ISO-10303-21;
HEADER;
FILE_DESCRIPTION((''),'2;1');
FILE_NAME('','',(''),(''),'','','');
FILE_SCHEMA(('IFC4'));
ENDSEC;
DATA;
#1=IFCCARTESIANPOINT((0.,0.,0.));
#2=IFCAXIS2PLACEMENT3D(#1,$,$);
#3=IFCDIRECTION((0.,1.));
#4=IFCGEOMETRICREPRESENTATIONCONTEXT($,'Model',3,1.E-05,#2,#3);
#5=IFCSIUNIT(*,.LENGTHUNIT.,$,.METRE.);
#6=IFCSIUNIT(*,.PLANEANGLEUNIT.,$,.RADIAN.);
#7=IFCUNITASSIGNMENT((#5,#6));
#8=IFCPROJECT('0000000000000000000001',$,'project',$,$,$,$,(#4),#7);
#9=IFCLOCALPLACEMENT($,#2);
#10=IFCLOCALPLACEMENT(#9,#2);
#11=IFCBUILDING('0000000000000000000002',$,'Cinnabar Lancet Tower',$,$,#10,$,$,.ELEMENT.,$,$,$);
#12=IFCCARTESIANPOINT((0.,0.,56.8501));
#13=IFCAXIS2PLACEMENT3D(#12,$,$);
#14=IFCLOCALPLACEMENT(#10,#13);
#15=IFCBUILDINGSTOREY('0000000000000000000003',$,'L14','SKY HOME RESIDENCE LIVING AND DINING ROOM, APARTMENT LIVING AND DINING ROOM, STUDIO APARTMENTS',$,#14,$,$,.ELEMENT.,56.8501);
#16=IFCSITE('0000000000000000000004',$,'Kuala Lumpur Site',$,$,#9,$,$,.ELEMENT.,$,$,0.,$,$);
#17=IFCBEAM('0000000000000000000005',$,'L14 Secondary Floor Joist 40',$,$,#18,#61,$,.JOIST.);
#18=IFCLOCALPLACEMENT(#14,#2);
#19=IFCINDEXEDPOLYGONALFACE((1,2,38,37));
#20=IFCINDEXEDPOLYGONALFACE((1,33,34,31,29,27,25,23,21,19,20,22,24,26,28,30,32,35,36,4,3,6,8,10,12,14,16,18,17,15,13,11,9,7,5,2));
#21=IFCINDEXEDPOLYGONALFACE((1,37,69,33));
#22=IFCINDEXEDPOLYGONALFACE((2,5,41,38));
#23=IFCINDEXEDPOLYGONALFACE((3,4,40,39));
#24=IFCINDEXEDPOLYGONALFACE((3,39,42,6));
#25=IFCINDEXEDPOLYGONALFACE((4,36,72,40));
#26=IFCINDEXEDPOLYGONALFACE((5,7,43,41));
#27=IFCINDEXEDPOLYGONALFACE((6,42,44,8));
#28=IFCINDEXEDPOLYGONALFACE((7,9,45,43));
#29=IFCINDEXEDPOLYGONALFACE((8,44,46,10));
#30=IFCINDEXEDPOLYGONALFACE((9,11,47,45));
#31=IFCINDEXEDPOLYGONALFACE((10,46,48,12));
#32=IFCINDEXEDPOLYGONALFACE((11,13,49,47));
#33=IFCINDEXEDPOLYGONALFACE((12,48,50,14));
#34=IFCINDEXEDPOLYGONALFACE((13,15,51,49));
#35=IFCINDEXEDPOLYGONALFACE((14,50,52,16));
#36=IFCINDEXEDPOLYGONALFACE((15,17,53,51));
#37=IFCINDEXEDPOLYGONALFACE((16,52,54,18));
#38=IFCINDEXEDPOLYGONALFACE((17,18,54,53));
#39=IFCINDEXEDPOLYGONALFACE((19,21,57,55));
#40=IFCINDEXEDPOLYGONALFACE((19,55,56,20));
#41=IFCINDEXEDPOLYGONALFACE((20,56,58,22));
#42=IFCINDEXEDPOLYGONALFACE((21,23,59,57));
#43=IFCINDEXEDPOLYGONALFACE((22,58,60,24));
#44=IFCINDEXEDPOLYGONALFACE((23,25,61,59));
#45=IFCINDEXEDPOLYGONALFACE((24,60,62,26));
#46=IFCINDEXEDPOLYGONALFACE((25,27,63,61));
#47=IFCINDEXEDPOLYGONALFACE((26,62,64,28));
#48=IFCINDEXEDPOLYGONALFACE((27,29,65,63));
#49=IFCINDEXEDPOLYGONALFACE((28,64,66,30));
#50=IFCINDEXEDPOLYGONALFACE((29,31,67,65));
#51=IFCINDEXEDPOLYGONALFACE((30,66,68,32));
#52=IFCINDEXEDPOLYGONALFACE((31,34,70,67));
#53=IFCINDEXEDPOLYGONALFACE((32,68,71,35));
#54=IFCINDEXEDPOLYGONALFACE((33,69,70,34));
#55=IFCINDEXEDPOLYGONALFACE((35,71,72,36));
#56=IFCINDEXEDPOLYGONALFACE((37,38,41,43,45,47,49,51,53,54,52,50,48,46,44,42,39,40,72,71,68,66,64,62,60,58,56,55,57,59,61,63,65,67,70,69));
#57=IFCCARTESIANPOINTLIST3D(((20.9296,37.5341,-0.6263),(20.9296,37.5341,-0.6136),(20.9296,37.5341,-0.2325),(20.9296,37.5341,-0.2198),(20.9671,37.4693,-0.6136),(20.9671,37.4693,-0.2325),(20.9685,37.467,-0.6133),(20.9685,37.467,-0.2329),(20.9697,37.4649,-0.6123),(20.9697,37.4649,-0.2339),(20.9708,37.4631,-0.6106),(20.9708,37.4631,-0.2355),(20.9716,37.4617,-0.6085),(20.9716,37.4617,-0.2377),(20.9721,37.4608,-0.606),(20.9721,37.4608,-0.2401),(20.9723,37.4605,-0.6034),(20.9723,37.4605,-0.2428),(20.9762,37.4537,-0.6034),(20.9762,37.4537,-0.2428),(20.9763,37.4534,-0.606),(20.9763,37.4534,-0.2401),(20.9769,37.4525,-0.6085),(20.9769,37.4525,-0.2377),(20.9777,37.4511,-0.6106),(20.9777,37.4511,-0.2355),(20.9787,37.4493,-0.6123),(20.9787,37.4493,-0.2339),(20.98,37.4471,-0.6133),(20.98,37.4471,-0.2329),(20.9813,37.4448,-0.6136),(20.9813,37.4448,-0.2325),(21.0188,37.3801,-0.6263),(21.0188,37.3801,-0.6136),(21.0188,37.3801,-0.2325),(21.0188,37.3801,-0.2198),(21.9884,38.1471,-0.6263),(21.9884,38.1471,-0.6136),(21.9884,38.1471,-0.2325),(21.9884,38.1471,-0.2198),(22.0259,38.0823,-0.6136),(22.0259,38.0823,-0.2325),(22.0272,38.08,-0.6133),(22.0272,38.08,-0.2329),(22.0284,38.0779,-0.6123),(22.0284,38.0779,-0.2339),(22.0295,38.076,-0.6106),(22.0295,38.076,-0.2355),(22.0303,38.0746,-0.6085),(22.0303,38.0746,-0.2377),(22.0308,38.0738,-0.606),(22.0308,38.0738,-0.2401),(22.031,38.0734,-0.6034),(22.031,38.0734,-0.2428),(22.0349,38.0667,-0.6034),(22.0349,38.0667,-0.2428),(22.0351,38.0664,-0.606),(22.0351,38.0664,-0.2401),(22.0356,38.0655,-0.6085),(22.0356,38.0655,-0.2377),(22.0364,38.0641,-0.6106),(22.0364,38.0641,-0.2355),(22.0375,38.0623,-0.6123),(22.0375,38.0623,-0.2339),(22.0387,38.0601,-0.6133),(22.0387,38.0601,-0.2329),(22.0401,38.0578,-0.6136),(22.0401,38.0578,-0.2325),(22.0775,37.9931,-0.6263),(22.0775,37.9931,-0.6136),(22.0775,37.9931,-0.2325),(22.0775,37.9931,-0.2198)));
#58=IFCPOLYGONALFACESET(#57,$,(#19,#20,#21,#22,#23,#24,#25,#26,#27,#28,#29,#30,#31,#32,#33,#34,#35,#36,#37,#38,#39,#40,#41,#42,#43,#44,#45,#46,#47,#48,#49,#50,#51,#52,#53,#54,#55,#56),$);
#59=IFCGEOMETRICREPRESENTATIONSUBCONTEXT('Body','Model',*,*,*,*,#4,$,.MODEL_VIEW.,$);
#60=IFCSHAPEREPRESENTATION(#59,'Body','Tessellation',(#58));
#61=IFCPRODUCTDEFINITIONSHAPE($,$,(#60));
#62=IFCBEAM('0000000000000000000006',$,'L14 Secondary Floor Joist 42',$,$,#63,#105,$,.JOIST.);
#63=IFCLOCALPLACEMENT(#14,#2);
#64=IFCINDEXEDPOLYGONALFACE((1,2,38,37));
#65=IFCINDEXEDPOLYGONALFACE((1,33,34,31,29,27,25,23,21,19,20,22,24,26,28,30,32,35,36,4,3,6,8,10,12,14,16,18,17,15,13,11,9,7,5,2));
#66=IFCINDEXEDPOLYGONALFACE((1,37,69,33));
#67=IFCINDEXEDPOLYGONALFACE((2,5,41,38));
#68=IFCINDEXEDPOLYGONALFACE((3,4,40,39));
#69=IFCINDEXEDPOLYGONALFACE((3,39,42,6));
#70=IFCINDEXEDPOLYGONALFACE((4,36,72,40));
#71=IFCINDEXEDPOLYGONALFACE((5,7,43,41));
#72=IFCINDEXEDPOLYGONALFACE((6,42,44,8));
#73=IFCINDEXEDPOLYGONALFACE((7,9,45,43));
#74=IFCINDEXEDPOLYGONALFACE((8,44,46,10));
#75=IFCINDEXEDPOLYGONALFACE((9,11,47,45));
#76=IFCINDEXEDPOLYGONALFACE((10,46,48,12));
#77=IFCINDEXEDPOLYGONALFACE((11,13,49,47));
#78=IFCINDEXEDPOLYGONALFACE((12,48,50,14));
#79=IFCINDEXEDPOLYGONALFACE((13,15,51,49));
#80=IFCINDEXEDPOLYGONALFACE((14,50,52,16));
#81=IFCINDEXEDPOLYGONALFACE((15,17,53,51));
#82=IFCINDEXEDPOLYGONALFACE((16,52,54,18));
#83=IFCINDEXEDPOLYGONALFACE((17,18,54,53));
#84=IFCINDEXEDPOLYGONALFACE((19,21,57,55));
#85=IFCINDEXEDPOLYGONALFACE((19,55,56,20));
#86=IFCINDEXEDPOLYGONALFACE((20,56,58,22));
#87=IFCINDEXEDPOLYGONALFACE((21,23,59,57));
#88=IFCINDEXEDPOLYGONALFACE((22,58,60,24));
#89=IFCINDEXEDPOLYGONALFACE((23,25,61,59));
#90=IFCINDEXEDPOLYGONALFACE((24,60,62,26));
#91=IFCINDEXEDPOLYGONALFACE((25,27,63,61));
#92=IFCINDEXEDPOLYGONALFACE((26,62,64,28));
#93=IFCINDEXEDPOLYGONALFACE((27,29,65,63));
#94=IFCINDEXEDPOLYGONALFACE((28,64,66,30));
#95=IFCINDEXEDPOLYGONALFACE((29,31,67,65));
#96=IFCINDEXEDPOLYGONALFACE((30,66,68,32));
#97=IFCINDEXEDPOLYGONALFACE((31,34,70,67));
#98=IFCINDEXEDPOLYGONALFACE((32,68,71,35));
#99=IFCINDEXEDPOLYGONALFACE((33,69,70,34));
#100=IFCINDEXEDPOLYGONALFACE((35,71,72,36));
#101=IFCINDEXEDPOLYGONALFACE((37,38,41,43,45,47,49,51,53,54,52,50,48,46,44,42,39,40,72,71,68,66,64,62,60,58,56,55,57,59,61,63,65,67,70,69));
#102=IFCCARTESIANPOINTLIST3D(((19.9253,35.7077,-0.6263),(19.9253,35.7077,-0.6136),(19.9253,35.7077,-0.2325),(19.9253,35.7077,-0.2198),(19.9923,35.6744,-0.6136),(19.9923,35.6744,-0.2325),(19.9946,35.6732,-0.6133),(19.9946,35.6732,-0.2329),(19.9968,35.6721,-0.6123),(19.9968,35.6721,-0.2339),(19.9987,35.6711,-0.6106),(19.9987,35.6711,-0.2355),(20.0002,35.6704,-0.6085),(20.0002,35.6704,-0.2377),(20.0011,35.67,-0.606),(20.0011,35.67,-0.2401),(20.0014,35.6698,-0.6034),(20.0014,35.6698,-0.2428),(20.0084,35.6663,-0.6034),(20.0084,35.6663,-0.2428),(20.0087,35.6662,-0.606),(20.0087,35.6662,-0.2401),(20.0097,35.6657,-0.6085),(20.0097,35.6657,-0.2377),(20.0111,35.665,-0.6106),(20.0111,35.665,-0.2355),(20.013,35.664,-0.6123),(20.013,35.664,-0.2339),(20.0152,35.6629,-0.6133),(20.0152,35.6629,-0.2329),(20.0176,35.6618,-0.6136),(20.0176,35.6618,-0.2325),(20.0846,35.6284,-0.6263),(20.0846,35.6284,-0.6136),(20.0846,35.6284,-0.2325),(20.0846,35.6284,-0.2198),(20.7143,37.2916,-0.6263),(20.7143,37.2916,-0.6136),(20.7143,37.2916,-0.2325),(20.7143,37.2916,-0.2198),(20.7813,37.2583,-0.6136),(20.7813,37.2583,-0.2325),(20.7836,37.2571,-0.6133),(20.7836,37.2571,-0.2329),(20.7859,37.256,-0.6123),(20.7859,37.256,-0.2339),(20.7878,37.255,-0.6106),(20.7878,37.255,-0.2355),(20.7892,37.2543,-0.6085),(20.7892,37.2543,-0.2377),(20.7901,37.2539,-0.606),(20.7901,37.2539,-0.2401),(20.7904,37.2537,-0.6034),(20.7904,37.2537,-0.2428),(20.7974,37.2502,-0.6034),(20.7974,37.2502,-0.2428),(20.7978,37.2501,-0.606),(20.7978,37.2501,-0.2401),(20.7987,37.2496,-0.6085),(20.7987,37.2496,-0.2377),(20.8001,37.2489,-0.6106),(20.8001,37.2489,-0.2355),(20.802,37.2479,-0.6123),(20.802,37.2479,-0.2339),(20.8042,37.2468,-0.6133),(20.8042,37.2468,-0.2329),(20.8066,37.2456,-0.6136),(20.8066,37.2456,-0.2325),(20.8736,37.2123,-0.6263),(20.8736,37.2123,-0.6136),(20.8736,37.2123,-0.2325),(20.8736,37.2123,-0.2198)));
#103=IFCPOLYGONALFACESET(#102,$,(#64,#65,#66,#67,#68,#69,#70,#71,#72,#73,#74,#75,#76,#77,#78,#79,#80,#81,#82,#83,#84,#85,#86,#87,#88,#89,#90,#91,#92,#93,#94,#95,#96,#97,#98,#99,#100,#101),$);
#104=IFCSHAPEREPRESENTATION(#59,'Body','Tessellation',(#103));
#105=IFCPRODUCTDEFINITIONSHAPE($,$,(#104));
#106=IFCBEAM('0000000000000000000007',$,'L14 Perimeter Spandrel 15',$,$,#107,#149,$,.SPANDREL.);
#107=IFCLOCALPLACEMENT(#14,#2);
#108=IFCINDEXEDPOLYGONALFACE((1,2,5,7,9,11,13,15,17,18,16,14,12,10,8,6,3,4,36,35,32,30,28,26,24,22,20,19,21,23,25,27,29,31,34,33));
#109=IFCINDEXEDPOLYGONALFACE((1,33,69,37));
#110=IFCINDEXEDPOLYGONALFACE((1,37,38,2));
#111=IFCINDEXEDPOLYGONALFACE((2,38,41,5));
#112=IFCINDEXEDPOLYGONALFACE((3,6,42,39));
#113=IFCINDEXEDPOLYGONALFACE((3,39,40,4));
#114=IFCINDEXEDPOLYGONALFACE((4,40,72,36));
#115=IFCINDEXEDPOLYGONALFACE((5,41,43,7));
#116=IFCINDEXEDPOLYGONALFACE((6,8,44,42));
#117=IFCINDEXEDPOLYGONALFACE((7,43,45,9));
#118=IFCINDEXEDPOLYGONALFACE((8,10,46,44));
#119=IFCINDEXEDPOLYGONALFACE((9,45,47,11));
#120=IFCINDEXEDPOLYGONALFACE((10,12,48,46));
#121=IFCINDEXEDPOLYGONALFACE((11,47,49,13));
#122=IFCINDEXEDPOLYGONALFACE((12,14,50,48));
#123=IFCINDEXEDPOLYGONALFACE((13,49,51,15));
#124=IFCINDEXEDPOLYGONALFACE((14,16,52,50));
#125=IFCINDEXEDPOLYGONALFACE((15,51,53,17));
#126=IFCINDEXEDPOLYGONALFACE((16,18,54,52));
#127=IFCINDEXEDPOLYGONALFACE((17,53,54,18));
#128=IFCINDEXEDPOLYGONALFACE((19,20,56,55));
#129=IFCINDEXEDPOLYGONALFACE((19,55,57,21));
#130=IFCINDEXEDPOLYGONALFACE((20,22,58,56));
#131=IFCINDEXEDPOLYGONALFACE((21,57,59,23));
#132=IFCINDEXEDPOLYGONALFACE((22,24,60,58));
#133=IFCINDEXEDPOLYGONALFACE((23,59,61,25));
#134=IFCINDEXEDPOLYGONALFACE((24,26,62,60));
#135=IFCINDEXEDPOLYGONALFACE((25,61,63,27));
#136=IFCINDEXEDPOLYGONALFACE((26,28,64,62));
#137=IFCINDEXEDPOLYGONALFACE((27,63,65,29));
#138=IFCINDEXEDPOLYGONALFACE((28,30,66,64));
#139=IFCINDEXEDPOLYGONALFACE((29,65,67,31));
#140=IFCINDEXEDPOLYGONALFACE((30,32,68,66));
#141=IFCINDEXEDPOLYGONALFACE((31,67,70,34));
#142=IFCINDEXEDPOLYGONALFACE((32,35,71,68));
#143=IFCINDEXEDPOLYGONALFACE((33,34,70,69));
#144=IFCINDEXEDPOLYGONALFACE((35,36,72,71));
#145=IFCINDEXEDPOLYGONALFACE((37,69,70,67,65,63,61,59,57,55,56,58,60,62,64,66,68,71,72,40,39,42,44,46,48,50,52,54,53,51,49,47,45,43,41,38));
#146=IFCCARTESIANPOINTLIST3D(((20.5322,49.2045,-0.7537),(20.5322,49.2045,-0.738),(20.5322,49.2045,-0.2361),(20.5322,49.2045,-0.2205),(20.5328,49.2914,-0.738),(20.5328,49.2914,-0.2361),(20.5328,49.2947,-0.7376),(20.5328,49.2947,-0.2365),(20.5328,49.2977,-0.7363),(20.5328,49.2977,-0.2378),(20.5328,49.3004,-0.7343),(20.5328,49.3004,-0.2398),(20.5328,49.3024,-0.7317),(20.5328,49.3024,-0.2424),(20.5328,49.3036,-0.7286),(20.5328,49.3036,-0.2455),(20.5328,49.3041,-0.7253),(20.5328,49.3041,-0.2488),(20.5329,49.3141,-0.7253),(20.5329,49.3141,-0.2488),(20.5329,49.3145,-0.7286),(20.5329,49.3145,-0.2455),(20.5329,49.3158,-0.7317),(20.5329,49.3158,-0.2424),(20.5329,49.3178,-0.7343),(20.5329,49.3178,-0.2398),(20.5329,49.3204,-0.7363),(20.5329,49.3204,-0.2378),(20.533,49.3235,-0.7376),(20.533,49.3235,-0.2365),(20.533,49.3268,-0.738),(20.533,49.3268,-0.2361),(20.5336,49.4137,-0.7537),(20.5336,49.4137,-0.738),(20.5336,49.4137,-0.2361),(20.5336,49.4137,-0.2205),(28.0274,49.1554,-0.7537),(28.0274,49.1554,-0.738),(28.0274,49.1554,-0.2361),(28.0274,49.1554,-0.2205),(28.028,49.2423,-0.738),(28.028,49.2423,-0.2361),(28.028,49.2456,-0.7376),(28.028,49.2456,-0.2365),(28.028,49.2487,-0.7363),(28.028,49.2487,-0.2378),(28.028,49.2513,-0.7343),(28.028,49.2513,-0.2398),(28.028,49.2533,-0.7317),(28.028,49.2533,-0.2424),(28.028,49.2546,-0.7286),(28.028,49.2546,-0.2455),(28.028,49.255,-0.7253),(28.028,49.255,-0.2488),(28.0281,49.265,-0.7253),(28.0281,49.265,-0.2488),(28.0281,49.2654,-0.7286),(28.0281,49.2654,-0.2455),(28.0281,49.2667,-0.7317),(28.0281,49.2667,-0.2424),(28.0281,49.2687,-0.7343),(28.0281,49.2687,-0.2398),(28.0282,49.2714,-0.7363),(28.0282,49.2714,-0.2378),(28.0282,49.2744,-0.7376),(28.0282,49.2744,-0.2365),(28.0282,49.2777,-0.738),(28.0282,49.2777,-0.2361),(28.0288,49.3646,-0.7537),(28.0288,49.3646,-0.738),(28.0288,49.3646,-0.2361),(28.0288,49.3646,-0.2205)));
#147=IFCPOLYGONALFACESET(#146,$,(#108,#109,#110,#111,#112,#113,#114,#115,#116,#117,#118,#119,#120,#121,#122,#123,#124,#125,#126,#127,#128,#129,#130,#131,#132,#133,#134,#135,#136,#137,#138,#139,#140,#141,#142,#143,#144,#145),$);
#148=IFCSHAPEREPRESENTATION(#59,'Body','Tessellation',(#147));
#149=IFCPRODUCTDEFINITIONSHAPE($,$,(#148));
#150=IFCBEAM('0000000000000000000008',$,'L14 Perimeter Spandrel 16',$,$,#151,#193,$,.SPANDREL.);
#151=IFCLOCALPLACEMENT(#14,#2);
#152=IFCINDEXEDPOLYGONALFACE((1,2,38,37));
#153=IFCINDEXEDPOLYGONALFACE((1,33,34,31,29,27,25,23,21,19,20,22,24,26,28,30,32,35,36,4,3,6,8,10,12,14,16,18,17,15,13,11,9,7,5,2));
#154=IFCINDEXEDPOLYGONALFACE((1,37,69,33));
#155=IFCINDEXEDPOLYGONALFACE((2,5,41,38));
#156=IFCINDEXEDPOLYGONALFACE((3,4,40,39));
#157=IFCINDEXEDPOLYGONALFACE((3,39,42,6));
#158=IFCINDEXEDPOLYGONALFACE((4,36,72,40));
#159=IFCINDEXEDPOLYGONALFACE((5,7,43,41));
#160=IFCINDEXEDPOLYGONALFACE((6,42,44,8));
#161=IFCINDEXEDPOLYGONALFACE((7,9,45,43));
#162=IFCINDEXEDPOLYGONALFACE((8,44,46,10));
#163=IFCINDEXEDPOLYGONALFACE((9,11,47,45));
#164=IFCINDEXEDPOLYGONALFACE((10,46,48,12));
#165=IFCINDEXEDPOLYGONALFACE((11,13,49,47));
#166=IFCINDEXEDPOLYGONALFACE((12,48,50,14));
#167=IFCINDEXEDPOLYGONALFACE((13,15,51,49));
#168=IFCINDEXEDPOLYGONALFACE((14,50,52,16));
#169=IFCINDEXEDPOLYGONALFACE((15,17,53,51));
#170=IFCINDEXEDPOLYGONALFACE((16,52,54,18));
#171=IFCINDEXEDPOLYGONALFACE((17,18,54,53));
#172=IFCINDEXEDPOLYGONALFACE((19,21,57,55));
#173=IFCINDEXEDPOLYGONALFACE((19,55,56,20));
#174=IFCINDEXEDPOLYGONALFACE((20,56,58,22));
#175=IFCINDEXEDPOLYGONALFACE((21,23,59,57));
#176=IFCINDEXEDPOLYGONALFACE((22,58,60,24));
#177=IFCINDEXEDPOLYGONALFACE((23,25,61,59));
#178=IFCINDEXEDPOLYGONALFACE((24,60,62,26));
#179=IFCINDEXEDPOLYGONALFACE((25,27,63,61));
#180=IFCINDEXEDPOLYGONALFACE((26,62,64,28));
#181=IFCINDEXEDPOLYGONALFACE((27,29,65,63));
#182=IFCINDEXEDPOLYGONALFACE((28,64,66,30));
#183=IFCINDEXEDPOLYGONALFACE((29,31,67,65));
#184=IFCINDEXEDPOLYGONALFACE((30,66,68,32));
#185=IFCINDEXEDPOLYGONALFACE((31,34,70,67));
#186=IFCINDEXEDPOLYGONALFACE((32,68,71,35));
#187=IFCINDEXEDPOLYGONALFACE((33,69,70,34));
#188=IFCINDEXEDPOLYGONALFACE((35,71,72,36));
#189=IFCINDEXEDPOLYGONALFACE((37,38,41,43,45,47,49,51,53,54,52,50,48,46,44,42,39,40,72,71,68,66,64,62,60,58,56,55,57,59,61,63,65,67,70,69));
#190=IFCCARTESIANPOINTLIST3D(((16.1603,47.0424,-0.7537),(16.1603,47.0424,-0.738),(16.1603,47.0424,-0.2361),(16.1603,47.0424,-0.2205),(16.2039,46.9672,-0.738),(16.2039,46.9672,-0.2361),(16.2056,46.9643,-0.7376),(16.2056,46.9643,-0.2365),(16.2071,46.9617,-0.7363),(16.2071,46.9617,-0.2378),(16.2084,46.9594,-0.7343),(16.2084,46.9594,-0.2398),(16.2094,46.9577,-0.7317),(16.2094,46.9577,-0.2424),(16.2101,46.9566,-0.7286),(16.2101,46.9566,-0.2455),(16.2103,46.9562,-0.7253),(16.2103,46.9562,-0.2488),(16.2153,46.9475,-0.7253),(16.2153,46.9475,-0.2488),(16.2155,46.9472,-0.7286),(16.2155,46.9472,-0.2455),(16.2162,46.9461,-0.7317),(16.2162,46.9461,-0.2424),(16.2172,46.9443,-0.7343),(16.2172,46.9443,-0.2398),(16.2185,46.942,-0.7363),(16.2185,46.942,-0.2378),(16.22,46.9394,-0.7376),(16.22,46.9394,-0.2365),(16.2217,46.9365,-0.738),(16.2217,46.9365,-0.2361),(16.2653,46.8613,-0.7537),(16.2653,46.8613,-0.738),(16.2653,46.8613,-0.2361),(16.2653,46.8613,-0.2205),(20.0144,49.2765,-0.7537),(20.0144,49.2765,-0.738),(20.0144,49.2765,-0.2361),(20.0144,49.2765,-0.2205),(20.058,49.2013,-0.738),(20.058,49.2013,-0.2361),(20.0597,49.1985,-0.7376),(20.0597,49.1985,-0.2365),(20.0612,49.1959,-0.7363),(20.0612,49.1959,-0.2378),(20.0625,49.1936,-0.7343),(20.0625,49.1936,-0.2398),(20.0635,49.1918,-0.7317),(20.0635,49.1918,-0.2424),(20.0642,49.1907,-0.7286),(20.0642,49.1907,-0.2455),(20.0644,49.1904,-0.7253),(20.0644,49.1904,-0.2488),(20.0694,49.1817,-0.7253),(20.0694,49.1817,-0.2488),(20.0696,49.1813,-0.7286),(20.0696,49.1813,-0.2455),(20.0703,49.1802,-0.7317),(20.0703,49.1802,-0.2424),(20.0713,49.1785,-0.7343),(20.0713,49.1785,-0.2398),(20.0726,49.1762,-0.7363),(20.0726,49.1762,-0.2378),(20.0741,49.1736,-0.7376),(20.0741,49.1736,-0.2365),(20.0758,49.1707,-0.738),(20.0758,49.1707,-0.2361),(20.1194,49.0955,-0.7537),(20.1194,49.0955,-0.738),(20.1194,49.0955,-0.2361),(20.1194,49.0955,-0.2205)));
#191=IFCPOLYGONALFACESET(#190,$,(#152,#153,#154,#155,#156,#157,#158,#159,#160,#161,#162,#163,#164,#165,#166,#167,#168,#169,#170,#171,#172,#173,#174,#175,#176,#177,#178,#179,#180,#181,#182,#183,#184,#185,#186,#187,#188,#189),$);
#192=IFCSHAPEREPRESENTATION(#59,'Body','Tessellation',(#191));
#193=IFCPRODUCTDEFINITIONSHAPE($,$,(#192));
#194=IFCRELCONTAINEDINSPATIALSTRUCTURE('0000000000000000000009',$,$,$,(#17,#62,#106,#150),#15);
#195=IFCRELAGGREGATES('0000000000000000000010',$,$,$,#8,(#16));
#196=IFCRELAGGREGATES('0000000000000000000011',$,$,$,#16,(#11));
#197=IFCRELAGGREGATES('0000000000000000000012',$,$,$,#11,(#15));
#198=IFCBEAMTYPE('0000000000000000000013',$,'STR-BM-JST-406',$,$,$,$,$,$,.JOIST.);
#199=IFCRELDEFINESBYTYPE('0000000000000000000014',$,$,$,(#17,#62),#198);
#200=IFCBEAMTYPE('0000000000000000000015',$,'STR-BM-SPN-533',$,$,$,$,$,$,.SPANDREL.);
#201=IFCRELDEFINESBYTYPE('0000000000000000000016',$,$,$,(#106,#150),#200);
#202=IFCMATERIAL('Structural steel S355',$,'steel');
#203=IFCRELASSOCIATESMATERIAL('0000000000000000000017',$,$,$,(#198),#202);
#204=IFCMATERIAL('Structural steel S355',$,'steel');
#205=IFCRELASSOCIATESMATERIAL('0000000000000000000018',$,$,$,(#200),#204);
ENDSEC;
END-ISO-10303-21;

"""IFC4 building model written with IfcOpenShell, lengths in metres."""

from ifc_helpers import new_model, si_unit, direction, frame, origin, origin_2d, place, context, subcontext, project, spatial, i_section, extrude, material, material_profile, profile_set, type_object, element, save


model = new_model("IFC4")

# Units and contexts
model_context = context("Model", 3, precision=1e-05, world=origin(), true_north=direction((0.0, 1.0)))
body_context = subcontext(model_context, "Body", "Model", "MODEL_VIEW")
ifc_project = project(units=[si_unit("LENGTHUNIT", "METRE"), si_unit("PLANEANGLEUNIT", "RADIAN")], contexts=[model_context])

# Site, building, storey
site_placement = place(None, origin())
site = spatial("IfcSite", under=ifc_project, at=site_placement, Name="Kuala Lumpur Site", CompositionType="ELEMENT", RefElevation=0.0)
building_placement = place(site_placement, origin())
building = spatial("IfcBuilding", under=site, at=building_placement, Name="Cinnabar Lancet Tower", CompositionType="ELEMENT")
storey_placement = place(building_placement, frame((0.0, 0.0, 56.8501)))
storey = spatial("IfcBuildingStorey", under=building, at=storey_placement, Name="L14", Description="SKY HOME RESIDENCE LIVING AND DINING ROOM, APARTMENT LIVING AND DINING ROOM, STUDIO APARTMENTS", CompositionType="ELEMENT", Elevation=56.8501)

# Beams
ifc_material_1 = material(Name="Structural steel S355", Category="steel")
ifc_material_profile_1 = material_profile(ifc_material_1, i_section(OverallWidth=0.178, OverallDepth=0.4065, WebThickness=0.0078, FlangeThickness=0.0127, FilletRadius=0.0103, at=origin_2d()), Name="UKB 406x178x60")
ifc_profile_set_1 = profile_set([ifc_material_profile_1], Name="Structural steel S355")
beam_type_1 = type_object("IfcBeamType", Name="STR-BM-JST-406", PredefinedType="JOIST", material=ifc_profile_set_1)
beam_1_placement = place(storey_placement, frame((22.033, 38.0701, -0.4231), z_axis=(-0.865417, -0.501052, 0.0), x_axis=(0.501052, -0.865417, 0.0)))
element("IfcBeam", 1, at=beam_1_placement, inside=storey, type_object=beam_type_1, Name="L14 Secondary Floor Joist 40", PredefinedType="JOIST", context=body_context, shape_type="SweptSolid", body=[
    extrude(i_section(OverallWidth=0.178, OverallDepth=0.4065, WebThickness=0.0078, FlangeThickness=0.0127, FilletRadius=0.0103, at=origin_2d()), origin(), (0.0, 0.0, 1.0), 1.2234),
])
beam_2_placement = place(storey_placement, frame((20.7939, 37.252, -0.4231), z_axis=(-0.445889, -0.895088, 0.0), x_axis=(0.895088, -0.445889, 0.0)))
element("IfcBeam", 2, at=beam_2_placement, inside=storey, type_object=beam_type_1, Name="L14 Secondary Floor Joist 42", PredefinedType="JOIST", context=body_context, shape_type="SweptSolid", body=[
    extrude(i_section(OverallWidth=0.178, OverallDepth=0.4065, WebThickness=0.0078, FlangeThickness=0.0127, FilletRadius=0.0103, at=origin_2d()), origin(), (0.0, 0.0, 1.0), 1.7695),
])
ifc_material_2 = material(Name="Structural steel S355", Category="steel")
ifc_material_profile_2 = material_profile(ifc_material_2, i_section(OverallWidth=0.2092, OverallDepth=0.5332, WebThickness=0.01, FlangeThickness=0.0156, FilletRadius=0.0127, at=origin_2d()), Name="UKB 533x210x92")
ifc_profile_set_2 = profile_set([ifc_material_profile_2], Name="Structural steel S355")
beam_type_2 = type_object("IfcBeamType", Name="STR-BM-SPN-533", PredefinedType="SPANDREL", material=ifc_profile_set_2)
beam_3_placement = place(storey_placement, frame((28.0281, 49.26, -0.4871), z_axis=(-0.999979, 0.006547, 0.0), x_axis=(-0.006547, -0.999979, 0.0)))
element("IfcBeam", 3, at=beam_3_placement, inside=storey, type_object=beam_type_2, Name="L14 Perimeter Spandrel 15", PredefinedType="SPANDREL", context=body_context, shape_type="SweptSolid", body=[
    extrude(i_section(OverallWidth=0.2092, OverallDepth=0.5332, WebThickness=0.01, FlangeThickness=0.0156, FilletRadius=0.0127, at=origin_2d()), origin(), (0.0, 0.0, 1.0), 7.4954),
])
beam_4_placement = place(storey_placement, frame((20.0669, 49.186, -0.4871), z_axis=(-0.865147, -0.501518, 0.0), x_axis=(0.501518, -0.865147, 0.0)))
element("IfcBeam", 4, at=beam_4_placement, inside=storey, type_object=beam_type_2, Name="L14 Perimeter Spandrel 16", PredefinedType="SPANDREL", context=body_context, shape_type="SweptSolid", body=[
    extrude(i_section(OverallWidth=0.2092, OverallDepth=0.5332, WebThickness=0.01, FlangeThickness=0.0156, FilletRadius=0.0127, at=origin_2d()), origin(), (0.0, 0.0, 1.0), 4.4548),
])

save(model, "model.ifc")
